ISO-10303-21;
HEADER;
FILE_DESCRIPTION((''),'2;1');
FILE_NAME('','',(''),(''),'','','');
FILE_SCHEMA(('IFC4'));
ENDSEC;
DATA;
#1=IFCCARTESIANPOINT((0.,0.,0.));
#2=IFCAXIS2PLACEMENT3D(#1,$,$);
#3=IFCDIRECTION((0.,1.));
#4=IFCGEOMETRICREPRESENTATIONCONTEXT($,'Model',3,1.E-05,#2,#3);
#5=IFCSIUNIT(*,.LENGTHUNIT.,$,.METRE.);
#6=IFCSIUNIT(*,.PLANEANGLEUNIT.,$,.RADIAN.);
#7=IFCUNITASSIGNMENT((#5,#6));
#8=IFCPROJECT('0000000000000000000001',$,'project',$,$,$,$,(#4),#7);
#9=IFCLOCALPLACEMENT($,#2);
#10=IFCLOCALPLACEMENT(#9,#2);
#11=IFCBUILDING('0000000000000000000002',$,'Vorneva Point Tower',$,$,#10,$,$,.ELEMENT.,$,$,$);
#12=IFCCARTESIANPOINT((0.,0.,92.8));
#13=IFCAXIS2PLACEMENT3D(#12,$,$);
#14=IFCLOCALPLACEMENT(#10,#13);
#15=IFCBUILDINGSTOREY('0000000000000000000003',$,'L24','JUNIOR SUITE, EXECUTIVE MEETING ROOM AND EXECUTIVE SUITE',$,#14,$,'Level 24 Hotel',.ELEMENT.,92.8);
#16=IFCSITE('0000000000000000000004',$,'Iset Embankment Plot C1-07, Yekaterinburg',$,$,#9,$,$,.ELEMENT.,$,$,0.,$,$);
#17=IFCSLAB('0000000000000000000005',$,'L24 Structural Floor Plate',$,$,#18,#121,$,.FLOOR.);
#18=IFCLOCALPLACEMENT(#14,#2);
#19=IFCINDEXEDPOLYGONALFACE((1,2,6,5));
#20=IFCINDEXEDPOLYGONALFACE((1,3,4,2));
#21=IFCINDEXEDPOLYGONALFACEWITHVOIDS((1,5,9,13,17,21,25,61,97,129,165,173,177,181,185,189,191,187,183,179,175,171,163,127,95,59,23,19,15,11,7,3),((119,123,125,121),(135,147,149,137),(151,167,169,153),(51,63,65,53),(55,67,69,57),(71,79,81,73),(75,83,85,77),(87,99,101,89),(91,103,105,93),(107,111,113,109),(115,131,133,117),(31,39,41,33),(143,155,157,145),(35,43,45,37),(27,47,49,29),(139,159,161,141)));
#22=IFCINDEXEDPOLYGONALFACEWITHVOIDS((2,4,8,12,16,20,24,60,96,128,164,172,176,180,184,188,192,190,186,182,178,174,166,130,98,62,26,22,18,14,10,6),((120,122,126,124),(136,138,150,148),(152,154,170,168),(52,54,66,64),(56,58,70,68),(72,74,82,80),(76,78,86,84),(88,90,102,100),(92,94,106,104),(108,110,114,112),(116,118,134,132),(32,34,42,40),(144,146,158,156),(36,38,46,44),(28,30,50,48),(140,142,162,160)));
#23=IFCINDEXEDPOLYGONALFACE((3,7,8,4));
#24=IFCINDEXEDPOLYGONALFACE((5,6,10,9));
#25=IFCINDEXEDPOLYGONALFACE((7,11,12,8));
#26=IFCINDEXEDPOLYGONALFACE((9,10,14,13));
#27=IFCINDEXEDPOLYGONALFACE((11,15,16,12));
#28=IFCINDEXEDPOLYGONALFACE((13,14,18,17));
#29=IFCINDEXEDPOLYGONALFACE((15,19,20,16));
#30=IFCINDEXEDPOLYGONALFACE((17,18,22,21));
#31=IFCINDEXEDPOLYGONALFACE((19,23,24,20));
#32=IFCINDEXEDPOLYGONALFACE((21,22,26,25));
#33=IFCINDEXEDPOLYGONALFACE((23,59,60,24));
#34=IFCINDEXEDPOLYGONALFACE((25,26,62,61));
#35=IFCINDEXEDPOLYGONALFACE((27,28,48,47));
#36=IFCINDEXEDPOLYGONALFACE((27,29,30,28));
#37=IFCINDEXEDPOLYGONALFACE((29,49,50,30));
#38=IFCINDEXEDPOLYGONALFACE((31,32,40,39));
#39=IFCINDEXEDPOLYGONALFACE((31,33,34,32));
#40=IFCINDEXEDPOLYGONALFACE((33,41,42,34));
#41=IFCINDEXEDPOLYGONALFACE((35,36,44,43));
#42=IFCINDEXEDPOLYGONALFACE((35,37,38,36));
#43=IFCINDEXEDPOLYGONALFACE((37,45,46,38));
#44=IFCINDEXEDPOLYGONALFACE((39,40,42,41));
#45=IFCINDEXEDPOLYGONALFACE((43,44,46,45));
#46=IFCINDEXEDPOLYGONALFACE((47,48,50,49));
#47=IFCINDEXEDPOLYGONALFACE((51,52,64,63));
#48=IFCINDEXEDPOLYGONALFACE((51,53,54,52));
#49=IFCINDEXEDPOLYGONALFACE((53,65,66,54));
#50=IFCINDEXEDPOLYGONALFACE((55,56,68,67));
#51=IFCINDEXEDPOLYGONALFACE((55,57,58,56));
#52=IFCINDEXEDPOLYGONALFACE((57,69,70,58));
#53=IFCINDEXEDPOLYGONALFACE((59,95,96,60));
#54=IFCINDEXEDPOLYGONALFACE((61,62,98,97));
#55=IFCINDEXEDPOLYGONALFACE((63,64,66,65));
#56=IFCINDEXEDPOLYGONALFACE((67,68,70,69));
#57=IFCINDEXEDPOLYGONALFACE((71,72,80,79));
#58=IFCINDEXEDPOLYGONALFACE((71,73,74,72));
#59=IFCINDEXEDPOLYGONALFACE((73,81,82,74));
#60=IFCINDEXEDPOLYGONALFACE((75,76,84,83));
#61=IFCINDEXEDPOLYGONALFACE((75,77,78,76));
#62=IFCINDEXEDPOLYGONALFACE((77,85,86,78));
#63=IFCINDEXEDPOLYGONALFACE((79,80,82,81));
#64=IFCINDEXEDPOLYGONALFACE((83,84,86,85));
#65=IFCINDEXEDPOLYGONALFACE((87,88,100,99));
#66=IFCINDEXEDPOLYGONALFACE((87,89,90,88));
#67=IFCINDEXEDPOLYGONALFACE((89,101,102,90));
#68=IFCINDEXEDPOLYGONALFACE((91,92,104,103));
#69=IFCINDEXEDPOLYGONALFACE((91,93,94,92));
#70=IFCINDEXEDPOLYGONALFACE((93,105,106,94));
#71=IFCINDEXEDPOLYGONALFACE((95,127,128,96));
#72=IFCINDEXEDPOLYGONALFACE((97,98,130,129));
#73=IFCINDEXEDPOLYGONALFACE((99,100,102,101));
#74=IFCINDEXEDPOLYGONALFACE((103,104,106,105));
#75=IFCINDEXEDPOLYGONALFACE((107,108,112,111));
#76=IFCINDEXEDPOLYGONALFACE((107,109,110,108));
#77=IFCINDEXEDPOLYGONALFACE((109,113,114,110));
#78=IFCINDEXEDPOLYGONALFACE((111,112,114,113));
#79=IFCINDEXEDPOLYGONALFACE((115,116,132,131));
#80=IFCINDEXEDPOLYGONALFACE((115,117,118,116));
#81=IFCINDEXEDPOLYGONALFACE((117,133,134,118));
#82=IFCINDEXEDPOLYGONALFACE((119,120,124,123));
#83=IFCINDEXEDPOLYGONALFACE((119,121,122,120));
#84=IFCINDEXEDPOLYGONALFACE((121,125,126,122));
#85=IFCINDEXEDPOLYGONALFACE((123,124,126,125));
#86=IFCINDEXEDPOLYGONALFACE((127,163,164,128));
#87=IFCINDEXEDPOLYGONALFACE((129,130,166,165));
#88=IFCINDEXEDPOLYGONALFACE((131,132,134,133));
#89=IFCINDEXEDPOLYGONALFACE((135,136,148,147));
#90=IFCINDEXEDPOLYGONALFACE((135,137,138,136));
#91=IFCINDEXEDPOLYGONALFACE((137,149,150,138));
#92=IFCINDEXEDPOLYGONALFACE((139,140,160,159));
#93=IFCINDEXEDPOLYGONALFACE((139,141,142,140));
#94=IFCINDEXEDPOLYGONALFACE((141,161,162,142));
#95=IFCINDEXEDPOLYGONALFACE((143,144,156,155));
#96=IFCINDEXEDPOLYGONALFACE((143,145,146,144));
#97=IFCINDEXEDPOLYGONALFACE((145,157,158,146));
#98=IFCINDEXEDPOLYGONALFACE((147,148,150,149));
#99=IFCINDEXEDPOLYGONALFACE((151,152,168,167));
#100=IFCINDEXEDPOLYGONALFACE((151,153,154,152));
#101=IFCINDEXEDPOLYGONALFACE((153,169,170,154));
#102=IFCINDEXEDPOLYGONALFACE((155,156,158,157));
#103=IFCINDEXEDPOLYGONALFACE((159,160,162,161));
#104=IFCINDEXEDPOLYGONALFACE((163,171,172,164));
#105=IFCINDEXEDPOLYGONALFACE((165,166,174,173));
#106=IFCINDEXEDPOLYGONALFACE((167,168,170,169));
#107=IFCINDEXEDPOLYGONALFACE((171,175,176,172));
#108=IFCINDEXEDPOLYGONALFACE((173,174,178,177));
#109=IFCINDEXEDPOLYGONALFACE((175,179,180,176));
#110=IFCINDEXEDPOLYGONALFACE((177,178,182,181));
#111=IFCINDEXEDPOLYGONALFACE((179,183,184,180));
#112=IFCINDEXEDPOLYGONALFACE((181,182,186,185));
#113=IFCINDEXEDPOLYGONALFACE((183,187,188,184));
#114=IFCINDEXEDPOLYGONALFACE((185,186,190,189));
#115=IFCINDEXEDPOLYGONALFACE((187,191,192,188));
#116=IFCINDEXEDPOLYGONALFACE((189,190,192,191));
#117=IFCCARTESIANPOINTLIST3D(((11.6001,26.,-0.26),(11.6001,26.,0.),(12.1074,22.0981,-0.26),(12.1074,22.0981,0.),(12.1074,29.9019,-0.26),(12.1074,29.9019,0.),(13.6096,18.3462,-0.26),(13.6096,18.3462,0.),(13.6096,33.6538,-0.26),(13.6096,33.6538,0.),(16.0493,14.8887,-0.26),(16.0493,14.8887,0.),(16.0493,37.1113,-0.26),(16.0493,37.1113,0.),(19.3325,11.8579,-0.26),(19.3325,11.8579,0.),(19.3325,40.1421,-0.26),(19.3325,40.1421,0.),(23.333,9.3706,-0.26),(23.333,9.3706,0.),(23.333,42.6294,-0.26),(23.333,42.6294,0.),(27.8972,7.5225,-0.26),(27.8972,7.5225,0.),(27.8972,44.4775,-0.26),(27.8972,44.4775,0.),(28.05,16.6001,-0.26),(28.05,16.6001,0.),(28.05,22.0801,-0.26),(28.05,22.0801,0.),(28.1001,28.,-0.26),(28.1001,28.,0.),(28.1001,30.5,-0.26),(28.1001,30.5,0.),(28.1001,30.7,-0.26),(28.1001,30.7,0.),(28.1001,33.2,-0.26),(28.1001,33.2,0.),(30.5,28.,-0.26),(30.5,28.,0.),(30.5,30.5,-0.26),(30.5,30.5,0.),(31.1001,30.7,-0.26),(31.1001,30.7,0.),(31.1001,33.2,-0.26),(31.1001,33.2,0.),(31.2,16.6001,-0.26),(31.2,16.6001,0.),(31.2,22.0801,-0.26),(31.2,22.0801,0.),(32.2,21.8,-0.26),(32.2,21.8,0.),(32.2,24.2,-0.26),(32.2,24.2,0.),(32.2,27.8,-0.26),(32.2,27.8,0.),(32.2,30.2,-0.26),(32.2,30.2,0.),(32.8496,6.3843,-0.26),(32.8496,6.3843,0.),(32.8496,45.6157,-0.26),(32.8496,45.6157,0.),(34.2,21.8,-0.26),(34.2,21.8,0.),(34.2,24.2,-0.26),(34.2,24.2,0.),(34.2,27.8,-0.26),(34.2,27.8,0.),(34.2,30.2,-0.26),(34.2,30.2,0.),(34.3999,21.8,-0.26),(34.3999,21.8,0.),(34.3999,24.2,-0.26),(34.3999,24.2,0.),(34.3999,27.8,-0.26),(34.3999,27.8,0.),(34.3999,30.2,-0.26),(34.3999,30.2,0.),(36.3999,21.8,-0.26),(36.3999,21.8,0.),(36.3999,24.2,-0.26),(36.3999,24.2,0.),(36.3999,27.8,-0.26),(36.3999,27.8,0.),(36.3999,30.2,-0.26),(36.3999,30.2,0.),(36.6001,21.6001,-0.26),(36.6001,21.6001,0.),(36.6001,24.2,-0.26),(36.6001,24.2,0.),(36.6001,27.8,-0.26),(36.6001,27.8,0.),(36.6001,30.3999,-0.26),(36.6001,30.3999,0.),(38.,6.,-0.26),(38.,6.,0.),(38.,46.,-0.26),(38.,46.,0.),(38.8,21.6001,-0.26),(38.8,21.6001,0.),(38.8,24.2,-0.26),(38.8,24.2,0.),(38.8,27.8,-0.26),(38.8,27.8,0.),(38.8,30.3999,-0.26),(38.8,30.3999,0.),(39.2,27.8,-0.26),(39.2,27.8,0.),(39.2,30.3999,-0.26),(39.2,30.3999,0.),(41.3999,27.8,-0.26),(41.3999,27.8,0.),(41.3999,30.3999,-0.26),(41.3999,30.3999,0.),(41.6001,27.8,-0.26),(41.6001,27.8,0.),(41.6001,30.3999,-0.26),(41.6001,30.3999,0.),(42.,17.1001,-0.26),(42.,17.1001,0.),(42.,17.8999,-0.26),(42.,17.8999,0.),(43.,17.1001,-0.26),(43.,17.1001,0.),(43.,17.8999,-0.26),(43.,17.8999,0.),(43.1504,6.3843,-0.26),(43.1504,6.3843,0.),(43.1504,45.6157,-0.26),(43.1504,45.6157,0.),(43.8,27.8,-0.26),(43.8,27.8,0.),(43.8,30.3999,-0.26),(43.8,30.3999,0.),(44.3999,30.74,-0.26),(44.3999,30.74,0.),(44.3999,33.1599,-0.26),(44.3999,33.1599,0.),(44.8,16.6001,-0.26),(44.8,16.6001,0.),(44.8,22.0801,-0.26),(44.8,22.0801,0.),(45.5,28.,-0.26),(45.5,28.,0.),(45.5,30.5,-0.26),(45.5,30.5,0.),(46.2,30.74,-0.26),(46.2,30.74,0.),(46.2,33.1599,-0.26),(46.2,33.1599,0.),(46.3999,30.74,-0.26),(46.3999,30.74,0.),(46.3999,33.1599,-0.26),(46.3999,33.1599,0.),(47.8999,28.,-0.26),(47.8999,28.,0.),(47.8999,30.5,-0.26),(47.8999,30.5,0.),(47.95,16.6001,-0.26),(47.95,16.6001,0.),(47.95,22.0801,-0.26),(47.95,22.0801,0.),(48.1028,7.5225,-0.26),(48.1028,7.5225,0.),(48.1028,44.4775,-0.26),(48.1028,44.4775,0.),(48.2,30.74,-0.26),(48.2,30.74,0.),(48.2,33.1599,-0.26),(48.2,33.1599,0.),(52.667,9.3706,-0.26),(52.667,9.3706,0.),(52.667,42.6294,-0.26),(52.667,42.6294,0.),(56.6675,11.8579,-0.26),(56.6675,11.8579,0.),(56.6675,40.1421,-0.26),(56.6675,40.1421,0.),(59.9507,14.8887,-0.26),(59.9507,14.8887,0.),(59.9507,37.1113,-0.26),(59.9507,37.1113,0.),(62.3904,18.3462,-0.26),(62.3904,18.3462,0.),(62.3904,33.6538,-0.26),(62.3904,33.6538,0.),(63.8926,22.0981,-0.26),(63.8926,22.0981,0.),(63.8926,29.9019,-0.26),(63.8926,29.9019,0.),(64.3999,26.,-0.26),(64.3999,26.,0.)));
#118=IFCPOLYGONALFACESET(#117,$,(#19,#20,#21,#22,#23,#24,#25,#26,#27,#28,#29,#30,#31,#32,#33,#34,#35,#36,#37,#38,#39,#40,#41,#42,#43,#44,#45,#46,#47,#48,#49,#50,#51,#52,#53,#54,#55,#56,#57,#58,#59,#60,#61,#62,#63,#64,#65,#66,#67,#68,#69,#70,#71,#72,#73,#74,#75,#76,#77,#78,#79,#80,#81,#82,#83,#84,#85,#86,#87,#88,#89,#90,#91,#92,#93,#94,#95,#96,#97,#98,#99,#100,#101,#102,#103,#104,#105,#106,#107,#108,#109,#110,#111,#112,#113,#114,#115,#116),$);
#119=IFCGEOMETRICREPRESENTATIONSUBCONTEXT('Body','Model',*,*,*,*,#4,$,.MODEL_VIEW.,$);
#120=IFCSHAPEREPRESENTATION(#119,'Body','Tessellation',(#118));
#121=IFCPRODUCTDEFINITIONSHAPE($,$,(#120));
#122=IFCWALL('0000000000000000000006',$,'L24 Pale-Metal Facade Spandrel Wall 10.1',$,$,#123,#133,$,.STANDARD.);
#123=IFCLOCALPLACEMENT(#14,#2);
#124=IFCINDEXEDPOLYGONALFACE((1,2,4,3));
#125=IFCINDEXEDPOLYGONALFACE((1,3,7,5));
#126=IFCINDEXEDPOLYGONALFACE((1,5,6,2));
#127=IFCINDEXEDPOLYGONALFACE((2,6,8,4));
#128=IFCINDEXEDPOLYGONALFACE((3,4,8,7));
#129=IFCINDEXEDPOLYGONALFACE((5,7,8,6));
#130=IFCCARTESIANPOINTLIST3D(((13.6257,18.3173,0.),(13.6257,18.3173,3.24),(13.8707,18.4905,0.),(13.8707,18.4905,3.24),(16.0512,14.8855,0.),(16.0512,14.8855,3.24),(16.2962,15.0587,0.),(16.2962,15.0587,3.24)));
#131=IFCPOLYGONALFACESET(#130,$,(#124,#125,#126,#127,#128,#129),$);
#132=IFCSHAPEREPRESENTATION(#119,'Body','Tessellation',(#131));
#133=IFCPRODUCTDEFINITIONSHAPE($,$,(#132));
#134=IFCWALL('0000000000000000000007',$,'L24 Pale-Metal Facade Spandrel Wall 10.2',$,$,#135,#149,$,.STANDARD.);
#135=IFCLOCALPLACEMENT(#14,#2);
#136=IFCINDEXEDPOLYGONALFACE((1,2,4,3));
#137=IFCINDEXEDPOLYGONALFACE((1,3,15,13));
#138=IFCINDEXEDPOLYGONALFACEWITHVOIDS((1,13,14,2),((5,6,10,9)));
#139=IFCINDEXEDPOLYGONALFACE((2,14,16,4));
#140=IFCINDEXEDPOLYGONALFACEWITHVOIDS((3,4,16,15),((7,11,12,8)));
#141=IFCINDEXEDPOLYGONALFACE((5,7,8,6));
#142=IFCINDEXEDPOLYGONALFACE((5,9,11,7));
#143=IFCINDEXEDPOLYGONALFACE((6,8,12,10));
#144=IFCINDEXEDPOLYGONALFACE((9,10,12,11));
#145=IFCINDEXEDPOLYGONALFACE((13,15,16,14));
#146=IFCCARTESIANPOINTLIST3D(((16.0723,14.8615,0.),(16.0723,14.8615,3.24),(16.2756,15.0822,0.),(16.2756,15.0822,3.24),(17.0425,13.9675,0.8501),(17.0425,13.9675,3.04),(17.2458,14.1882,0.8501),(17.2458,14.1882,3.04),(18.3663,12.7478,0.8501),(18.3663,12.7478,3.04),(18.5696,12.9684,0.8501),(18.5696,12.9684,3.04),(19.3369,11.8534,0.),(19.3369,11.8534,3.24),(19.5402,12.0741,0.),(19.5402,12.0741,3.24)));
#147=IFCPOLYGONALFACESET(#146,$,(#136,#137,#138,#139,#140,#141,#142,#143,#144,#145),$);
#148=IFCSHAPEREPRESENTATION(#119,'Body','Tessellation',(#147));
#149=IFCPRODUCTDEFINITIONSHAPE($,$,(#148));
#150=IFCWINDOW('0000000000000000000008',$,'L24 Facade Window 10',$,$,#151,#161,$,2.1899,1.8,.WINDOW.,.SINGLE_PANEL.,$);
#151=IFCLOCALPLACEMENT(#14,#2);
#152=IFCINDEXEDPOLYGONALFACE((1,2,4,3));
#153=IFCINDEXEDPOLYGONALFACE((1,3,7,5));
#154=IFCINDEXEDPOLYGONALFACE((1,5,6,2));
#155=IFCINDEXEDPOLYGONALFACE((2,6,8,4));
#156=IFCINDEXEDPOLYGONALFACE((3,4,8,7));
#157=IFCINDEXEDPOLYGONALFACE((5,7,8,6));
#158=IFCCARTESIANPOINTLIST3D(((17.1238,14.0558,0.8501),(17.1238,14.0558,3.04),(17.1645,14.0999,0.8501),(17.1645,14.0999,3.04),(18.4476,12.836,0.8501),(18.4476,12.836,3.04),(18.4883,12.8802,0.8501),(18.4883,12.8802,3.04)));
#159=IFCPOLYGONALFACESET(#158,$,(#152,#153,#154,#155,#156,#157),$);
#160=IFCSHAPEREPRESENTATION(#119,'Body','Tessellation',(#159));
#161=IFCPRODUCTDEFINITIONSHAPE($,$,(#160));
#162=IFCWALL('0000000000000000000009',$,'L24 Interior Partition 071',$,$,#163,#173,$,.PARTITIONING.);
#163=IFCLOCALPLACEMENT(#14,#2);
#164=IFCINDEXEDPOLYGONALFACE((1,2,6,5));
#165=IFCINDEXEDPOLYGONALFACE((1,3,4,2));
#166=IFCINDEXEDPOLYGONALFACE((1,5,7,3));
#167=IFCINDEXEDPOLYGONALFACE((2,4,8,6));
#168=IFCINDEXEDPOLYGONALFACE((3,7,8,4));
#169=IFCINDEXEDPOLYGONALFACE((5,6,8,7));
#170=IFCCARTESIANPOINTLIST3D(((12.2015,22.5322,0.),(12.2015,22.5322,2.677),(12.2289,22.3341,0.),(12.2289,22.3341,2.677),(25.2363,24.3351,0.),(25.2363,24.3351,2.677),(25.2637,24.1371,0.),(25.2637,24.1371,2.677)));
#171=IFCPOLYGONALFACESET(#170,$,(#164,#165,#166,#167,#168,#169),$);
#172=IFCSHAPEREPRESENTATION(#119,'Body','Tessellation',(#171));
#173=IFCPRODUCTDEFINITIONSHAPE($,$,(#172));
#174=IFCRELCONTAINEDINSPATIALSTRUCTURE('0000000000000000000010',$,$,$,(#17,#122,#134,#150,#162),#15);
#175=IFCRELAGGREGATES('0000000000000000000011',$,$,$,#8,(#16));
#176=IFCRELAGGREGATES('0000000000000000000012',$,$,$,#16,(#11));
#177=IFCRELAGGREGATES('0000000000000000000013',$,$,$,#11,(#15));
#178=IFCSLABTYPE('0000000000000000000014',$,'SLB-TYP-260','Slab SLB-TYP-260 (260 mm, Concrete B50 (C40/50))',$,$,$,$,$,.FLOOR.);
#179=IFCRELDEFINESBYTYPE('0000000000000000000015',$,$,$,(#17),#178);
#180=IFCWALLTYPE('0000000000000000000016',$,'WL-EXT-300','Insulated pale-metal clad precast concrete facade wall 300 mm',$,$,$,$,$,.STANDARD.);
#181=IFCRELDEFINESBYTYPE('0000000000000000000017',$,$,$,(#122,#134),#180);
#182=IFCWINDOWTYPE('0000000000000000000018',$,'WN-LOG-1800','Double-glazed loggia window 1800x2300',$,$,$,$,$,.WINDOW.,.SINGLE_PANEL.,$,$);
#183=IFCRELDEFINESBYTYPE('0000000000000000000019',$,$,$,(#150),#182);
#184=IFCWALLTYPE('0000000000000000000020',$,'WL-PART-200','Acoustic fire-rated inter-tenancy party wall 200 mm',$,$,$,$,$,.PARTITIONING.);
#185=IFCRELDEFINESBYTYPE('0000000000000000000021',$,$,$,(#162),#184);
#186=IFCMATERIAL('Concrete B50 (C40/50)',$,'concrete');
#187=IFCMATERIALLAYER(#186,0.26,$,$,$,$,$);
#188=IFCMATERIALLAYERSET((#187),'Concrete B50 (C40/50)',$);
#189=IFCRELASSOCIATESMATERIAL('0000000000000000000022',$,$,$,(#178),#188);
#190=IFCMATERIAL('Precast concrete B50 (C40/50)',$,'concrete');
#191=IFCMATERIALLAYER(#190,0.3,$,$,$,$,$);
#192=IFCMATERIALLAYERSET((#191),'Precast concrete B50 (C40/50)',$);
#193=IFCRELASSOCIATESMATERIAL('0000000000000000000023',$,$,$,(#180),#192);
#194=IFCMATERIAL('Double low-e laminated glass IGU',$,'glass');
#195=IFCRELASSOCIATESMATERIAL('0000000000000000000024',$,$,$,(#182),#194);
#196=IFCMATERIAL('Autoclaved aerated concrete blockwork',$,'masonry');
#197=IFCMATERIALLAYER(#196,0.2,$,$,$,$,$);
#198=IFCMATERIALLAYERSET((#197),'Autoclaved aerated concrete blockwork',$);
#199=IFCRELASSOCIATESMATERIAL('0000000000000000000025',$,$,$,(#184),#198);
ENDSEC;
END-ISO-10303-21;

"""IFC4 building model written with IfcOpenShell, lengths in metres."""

from ifc_helpers import new_model, si_unit, direction, frame, frame_2d, origin, place, context, subcontext, project, spatial, polyline, rectangle, outline, extrude, material, layer, layer_set, type_object, element, fill, save


model = new_model("IFC4")

# Units and contexts
model_context = context("Model", 3, precision=1e-05, world=origin(), true_north=direction((0.0, 1.0)))
body_context = subcontext(model_context, "Body", "Model", "MODEL_VIEW")
ifc_project = project(units=[si_unit("LENGTHUNIT", "METRE"), si_unit("PLANEANGLEUNIT", "RADIAN")], contexts=[model_context])

# Site, building, storey
site_placement = place(None, origin())
site = spatial("IfcSite", under=ifc_project, at=site_placement, Name="Iset Embankment Plot C1-07, Yekaterinburg", CompositionType="ELEMENT", RefElevation=0.0)
building_placement = place(site_placement, origin())
building = spatial("IfcBuilding", under=site, at=building_placement, Name="Vorneva Point Tower", CompositionType="ELEMENT")
storey_placement = place(building_placement, frame((0.0, 0.0, 92.8)))
storey = spatial("IfcBuildingStorey", under=building, at=storey_placement, Name="L24", Description="JUNIOR SUITE, EXECUTIVE MEETING ROOM AND EXECUTIVE SUITE", LongName="Level 24 Hotel", CompositionType="ELEMENT", Elevation=92.8)

# Shared definitions
ifc_material_1 = material(Name="Double low-e laminated glass IGU", Category="glass")

# Shared definitions
ifc_material_2 = material(Name="Concrete B50 (C40/50)", Category="concrete")

# Slab
ifc_layer_1 = layer(ifc_material_2, 0.26)
ifc_layer_set_1 = layer_set([ifc_layer_1], Name="Concrete B50 (C40/50)")
slab_type_1 = type_object("IfcSlabType", Name="SLB-TYP-260", Description="Slab SLB-TYP-260 (260 mm, Concrete B50 (C40/50))", PredefinedType="FLOOR", material=ifc_layer_set_1)
slab_1_placement = place(storey_placement, frame((0.0, 0.0, -0.26)))
element("IfcSlab", 1, at=slab_1_placement, inside=storey, type_object=slab_type_1, Name="L24 Structural Floor Plate", PredefinedType="FLOOR", context=body_context, shape_type="SweptSolid", body=[
    extrude(outline(polyline([(64.3999, 26.0), (63.8926, 29.9019), (62.3904, 33.6538), (59.9507, 37.1113), (56.6675, 40.1421), (52.667, 42.6294), (48.1028, 44.4775), (43.1504, 45.6157), (38.0, 46.0), (32.8496, 45.6157), (27.8972, 44.4775), (23.333, 42.6294), (19.3325, 40.1421), (16.0493, 37.1113), (13.6096, 33.6538), (12.1074, 29.9019), (11.6001, 26.0), (12.1074, 22.0981), (13.6096, 18.3462), (16.0493, 14.8887), (19.3325, 11.8579), (23.333, 9.3706), (27.8972, 7.5225), (32.8496, 6.3843), (38.0, 6.0), (43.1504, 6.3843), (48.1028, 7.5225), (52.667, 9.3706), (56.6675, 11.8579), (59.9507, 14.8887), (62.3904, 18.3462), (63.8926, 22.0981), (64.3999, 26.0)]), holes=[polyline([(32.2, 27.8), (34.2, 27.8), (34.2, 30.2), (32.2, 30.2), (32.2, 27.8)]), polyline([(34.3999, 27.8), (36.3999, 27.8), (36.3999, 30.2), (34.3999, 30.2), (34.3999, 27.8)]), polyline([(36.6001, 27.8), (38.8, 27.8), (38.8, 30.3999), (36.6001, 30.3999), (36.6001, 27.8)]), polyline([(32.2, 21.8), (34.2, 21.8), (34.2, 24.2), (32.2, 24.2), (32.2, 21.8)]), polyline([(34.3999, 21.8), (36.3999, 21.8), (36.3999, 24.2), (34.3999, 24.2), (34.3999, 21.8)]), polyline([(36.6001, 21.6001), (38.8, 21.6001), (38.8, 24.2), (36.6001, 24.2), (36.6001, 21.6001)]), polyline([(39.2, 27.8), (41.3999, 27.8), (41.3999, 30.3999), (39.2, 30.3999), (39.2, 27.8)]), polyline([(41.6001, 27.8), (43.8, 27.8), (43.8, 30.3999), (41.6001, 30.3999), (41.6001, 27.8)]), polyline([(44.3999, 30.74), (46.2, 30.74), (46.2, 33.1599), (44.3999, 33.1599), (44.3999, 30.74)]), polyline([(46.3999, 30.74), (48.2, 30.74), (48.2, 33.1599), (46.3999, 33.1599), (46.3999, 30.74)]), polyline([(28.1001, 28.0), (30.5, 28.0), (30.5, 30.5), (28.1001, 30.5), (28.1001, 28.0)]), polyline([(45.5, 28.0), (47.8999, 28.0), (47.8999, 30.5), (45.5, 30.5), (45.5, 28.0)]), polyline([(28.1001, 30.7), (31.1001, 30.7), (31.1001, 33.2), (28.1001, 33.2), (28.1001, 30.7)]), polyline([(28.05, 16.6001), (31.2, 16.6001), (31.2, 22.0801), (28.05, 22.0801), (28.05, 16.6001)]), polyline([(44.8, 16.6001), (47.95, 16.6001), (47.95, 22.0801), (44.8, 22.0801), (44.8, 16.6001)]), polyline([(42.0, 17.1001), (43.0, 17.1001), (43.0, 17.8999), (42.0, 17.8999), (42.0, 17.1001)])]), origin(), (0.0, 0.0, 1.0), 0.26),
])

# Wall
ifc_material_3 = material(Name="Precast concrete B50 (C40/50)", Category="concrete")
ifc_layer_2 = layer(ifc_material_3, 0.3)
ifc_layer_set_2 = layer_set([ifc_layer_2], Name="Precast concrete B50 (C40/50)")
wall_type_1 = type_object("IfcWallType", Name="WL-EXT-300", Description="Insulated pale-metal clad precast concrete facade wall 300 mm", PredefinedType="STANDARD", material=ifc_layer_set_2)
wall_1_placement = place(storey_placement, frame((13.7483, 18.4038, 0.0), z_axis=(0.0, 0.0, 1.0), x_axis=(0.577164, -0.816628, 0.0)))
element("IfcWall", 2, at=wall_1_placement, inside=storey, type_object=wall_type_1, Name="L24 Pale-Metal Facade Spandrel Wall 10.1", PredefinedType="STANDARD", context=body_context, shape_type="SweptSolid", body=[
    extrude(rectangle(XDim=4.2024, YDim=0.3, at=frame_2d((2.1011, 0.0))), origin(), (0.0, 0.0, 1.0), 3.24),
])

# Wall, opening, window
wall_2_placement = place(storey_placement, frame((16.1738, 14.9719, 0.0), z_axis=(0.0, 0.0, 1.0), x_axis=(0.735417, -0.677615, 0.0)))
wall_2 = element("IfcWall", 3, at=wall_2_placement, inside=storey, type_object=wall_type_1, Name="L24 Pale-Metal Facade Spandrel Wall 10.2", PredefinedType="STANDARD", context=body_context, shape_type="SweptSolid", body=[
    extrude(rectangle(XDim=4.4392, YDim=0.3, at=frame_2d((2.2197, 0.0))), origin(), (0.0, 0.0, 1.0), 3.24),
])
opening_placement = place(wall_2_placement, frame((1.3196, 0.0, 0.8501)))
opening = element("IfcOpeningElement", 4, at=opening_placement, cuts=wall_2, PredefinedType="OPENING", context=body_context, shape_type="SweptSolid", body=[
    extrude(rectangle(XDim=1.8, YDim=2.1899, at=frame_2d((0.8999, 1.095))), frame((0.0, 0.165, 0.0), z_axis=(0.0, -1.0, 0.0), x_axis=(1.0, 0.0, 0.0)), (0.0, 0.0, 1.0), 0.3298),
])
window_type = type_object("IfcWindowType", Name="WN-LOG-1800", Description="Double-glazed loggia window 1800x2300", PartitioningType="SINGLE_PANEL", PredefinedType="WINDOW", material=ifc_material_1)
window_placement = place(opening_placement, origin())
window = element("IfcWindow", 5, at=window_placement, inside=storey, type_object=window_type, Name="L24 Facade Window 10", OverallHeight=2.1899, OverallWidth=1.8, PartitioningType="SINGLE_PANEL", PredefinedType="WINDOW", context=body_context, shape_type="SweptSolid", body=[
    extrude(rectangle(XDim=1.8, YDim=2.1899, at=frame_2d((0.8999, 1.095))), frame((0.0, 0.03, 0.0), z_axis=(0.0, -1.0, 0.0), x_axis=(1.0, 0.0, 0.0)), (0.0, 0.0, 1.0), 0.0601),
])
fill(opening, window)

# Wall
ifc_material_4 = material(Name="Autoclaved aerated concrete blockwork", Category="masonry")
ifc_layer_3 = layer(ifc_material_4, 0.2)
ifc_layer_set_3 = layer_set([ifc_layer_3], Name="Autoclaved aerated concrete blockwork")
wall_type_2 = type_object("IfcWallType", Name="WL-PART-200", Description="Acoustic fire-rated inter-tenancy party wall 200 mm", PredefinedType="PARTITIONING", material=ifc_layer_set_3)
wall_3_placement = place(storey_placement, frame((12.2151, 22.4331, 0.0), z_axis=(0.0, 0.0, 1.0), x_axis=(0.990569, 0.137015, 0.0)))
element("IfcWall", 6, at=wall_3_placement, inside=storey, type_object=wall_type_2, Name="L24 Interior Partition 071", PredefinedType="PARTITIONING", context=body_context, shape_type="SweptSolid", body=[
    extrude(rectangle(XDim=13.1589, YDim=0.2, at=frame_2d((6.5796, 0.0))), origin(), (0.0, 0.0, 1.0), 2.677),
])

save(model, "model.ifc")
